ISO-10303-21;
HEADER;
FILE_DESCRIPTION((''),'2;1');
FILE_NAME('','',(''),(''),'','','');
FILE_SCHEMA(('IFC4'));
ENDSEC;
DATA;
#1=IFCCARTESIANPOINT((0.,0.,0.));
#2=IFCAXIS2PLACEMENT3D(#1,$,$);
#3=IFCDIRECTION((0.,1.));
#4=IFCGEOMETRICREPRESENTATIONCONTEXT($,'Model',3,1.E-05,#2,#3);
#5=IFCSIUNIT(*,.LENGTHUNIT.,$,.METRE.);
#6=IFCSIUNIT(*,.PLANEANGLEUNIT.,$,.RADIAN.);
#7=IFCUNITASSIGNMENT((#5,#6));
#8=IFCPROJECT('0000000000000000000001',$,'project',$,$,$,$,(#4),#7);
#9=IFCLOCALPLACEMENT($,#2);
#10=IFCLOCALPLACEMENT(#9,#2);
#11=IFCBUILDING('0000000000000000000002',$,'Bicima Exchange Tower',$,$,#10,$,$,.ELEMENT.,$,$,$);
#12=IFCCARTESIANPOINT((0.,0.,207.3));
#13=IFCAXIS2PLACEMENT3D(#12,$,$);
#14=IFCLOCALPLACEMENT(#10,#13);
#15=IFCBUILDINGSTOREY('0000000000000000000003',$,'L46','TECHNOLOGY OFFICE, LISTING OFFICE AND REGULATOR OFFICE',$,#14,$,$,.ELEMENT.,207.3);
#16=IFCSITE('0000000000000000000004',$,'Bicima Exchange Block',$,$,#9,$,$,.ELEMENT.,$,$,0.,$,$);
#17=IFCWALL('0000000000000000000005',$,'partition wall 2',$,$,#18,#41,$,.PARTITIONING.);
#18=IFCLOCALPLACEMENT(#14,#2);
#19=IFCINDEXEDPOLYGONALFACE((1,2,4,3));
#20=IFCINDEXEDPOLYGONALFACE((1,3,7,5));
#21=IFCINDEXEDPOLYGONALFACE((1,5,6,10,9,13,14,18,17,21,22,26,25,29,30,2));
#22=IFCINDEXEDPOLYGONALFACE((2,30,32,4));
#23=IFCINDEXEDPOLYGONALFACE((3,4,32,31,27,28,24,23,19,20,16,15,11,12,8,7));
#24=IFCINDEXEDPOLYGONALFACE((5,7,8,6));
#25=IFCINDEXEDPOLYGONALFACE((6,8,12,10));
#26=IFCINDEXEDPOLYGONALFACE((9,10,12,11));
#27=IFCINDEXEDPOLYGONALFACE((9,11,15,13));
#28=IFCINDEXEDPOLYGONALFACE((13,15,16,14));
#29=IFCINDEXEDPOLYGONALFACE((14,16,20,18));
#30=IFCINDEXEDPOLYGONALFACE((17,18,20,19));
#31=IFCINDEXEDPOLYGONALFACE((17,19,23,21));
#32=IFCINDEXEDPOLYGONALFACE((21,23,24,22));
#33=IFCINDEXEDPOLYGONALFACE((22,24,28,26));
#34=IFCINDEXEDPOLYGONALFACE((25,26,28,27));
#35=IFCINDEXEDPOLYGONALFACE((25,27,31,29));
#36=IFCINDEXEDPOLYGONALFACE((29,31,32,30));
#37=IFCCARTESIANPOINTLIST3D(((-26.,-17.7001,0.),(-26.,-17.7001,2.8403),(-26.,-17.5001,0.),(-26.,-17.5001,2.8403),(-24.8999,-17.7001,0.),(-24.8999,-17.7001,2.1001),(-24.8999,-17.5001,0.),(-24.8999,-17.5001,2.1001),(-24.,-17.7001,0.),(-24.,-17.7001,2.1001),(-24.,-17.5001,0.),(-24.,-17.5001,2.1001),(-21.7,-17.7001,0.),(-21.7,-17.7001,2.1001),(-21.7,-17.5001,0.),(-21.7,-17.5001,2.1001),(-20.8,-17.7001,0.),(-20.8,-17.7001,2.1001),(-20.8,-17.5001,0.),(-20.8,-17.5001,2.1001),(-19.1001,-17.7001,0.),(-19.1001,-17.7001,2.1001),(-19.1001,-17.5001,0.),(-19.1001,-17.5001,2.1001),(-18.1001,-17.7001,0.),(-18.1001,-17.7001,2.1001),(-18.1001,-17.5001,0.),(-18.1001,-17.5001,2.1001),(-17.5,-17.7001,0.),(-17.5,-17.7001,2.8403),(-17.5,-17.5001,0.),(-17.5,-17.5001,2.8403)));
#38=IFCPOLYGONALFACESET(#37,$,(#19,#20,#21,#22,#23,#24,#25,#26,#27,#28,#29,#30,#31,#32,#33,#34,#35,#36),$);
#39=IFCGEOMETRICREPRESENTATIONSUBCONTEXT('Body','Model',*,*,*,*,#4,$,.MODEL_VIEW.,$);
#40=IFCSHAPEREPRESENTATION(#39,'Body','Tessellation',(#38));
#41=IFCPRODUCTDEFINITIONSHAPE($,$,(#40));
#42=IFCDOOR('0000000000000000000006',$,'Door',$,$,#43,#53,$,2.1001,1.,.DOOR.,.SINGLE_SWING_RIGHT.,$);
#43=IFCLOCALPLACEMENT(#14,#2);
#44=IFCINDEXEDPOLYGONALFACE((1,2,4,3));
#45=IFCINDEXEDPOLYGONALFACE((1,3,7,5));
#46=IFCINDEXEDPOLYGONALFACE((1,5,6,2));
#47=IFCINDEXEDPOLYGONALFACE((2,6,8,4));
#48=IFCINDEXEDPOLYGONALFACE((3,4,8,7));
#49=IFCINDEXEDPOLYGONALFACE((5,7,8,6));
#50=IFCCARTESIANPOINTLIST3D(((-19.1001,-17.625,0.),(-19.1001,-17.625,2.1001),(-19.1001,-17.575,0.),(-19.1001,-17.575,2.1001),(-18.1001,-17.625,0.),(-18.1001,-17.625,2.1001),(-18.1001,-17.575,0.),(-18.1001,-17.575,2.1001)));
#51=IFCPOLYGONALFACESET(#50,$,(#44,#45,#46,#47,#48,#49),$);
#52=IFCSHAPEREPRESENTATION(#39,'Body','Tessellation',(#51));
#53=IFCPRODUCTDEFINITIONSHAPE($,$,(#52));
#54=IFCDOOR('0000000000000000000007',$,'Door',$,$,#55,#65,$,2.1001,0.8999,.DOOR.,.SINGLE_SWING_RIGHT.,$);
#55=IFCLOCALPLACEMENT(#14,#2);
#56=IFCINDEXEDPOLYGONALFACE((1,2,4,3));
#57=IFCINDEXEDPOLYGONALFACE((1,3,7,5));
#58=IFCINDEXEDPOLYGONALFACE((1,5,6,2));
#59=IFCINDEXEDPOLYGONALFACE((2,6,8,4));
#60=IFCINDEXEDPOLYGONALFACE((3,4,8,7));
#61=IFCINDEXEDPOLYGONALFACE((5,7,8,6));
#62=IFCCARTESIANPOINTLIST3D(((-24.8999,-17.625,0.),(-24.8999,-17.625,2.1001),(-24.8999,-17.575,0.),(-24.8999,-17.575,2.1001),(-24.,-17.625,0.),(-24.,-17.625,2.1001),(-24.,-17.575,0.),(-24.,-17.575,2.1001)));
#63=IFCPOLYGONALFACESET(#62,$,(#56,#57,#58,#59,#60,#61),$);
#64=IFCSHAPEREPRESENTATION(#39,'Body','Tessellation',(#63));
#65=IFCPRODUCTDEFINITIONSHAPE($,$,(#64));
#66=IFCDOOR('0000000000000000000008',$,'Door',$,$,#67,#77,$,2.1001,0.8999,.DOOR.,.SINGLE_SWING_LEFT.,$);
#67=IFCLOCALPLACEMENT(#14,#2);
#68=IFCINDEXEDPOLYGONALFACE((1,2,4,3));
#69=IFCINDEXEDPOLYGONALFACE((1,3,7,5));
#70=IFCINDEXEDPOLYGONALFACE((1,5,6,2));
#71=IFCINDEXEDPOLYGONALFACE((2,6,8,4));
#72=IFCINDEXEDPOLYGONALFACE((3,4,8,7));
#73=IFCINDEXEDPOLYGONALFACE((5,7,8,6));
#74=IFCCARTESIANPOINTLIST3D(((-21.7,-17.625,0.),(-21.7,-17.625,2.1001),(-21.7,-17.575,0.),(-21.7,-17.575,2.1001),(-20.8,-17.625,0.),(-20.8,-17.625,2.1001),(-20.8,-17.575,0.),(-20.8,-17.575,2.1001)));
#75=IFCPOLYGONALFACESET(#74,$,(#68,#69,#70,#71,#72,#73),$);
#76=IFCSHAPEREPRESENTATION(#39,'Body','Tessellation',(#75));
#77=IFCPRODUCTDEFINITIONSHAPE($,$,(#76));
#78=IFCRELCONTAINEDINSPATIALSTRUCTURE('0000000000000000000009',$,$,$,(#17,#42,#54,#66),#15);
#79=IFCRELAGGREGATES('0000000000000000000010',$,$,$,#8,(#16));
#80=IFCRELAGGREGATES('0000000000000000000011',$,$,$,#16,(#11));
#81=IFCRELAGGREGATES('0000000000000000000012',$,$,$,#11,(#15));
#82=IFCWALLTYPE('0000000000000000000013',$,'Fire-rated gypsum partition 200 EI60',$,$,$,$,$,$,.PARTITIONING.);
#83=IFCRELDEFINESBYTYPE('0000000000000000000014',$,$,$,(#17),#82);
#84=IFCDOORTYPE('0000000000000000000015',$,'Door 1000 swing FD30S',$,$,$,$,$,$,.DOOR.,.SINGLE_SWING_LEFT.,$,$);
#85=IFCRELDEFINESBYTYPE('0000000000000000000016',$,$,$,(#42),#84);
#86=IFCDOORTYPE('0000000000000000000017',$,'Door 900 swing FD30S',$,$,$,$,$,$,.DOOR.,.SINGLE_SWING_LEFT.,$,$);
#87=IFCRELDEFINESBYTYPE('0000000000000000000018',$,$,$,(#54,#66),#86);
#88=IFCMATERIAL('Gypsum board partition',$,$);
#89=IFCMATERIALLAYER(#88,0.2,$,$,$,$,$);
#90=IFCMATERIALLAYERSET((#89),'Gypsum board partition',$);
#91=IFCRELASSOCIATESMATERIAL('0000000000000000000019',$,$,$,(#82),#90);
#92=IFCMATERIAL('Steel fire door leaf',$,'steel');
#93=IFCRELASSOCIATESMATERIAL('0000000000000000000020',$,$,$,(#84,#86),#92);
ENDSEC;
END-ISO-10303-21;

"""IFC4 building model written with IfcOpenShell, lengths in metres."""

from ifc_helpers import new_model, si_unit, direction, frame, frame_2d, origin, place, context, subcontext, project, spatial, rectangle, extrude, material, layer, layer_set, type_object, element, fill, save


model = new_model("IFC4")

# Units and contexts
model_context = context("Model", 3, precision=1e-05, world=origin(), true_north=direction((0.0, 1.0)))
body_context = subcontext(model_context, "Body", "Model", "MODEL_VIEW")
ifc_project = project(units=[si_unit("LENGTHUNIT", "METRE"), si_unit("PLANEANGLEUNIT", "RADIAN")], contexts=[model_context])

# Site, building, storey
site_placement = place(None, origin())
site = spatial("IfcSite", under=ifc_project, at=site_placement, Name="Bicima Exchange Block", CompositionType="ELEMENT", RefElevation=0.0)
building_placement = place(site_placement, origin())
building = spatial("IfcBuilding", under=site, at=building_placement, Name="Bicima Exchange Tower", CompositionType="ELEMENT")
storey_placement = place(building_placement, frame((0.0, 0.0, 207.3)))
storey = spatial("IfcBuildingStorey", under=building, at=storey_placement, Name="L46", Description="TECHNOLOGY OFFICE, LISTING OFFICE AND REGULATOR OFFICE", CompositionType="ELEMENT", Elevation=207.3)

# Wall, openings, doors
ifc_material_1 = material(Name="Gypsum board partition")
ifc_layer_1 = layer(ifc_material_1, 0.2)
ifc_layer_set_1 = layer_set([ifc_layer_1], Name="Gypsum board partition")
wall_type = type_object("IfcWallType", Name="Fire-rated gypsum partition 200 EI60", PredefinedType="PARTITIONING", material=ifc_layer_set_1)
wall_1_placement = place(storey_placement, frame((-26.0, -17.6001, 0.0), z_axis=(0.0, 0.0, 1.0), x_axis=(1.0, 0.0, 0.0)))
wall_1 = element("IfcWall", 1, at=wall_1_placement, inside=storey, type_object=wall_type, Name="partition wall 2", PredefinedType="PARTITIONING", context=body_context, shape_type="SweptSolid", body=[
    extrude(rectangle(XDim=8.5, YDim=0.2, at=frame_2d((4.25, 0.0))), origin(), (0.0, 0.0, 1.0), 2.8403),
])
opening_1_placement = place(wall_1_placement, frame((1.1001, 0.0, 0.0)))
opening_1 = element("IfcOpeningElement", 2, at=opening_1_placement, cuts=wall_1, PredefinedType="OPENING", context=body_context, shape_type="SweptSolid", body=[
    extrude(rectangle(XDim=0.8999, YDim=2.1001, at=frame_2d((0.45, 1.05))), frame((0.0, 0.1118, 0.0), z_axis=(0.0, -1.0, 0.0), x_axis=(1.0, 0.0, 0.0)), (0.0, 0.0, 1.0), 0.2239),
])
opening_2_placement = place(wall_1_placement, frame((4.3, 0.0, 0.0)))
opening_2 = element("IfcOpeningElement", 3, at=opening_2_placement, cuts=wall_1, PredefinedType="OPENING", context=body_context, shape_type="SweptSolid", body=[
    extrude(rectangle(XDim=0.8999, YDim=2.1001, at=frame_2d((0.45, 1.05))), frame((0.0, 0.1118, 0.0), z_axis=(0.0, -1.0, 0.0), x_axis=(1.0, 0.0, 0.0)), (0.0, 0.0, 1.0), 0.2239),
])
opening_3_placement = place(wall_1_placement, frame((6.8999, 0.0, 0.0)))
opening_3 = element("IfcOpeningElement", 4, at=opening_3_placement, cuts=wall_1, PredefinedType="OPENING", context=body_context, shape_type="SweptSolid", body=[
    extrude(rectangle(XDim=1.0, YDim=2.1001, at=frame_2d((0.5, 1.05))), frame((0.0, 0.1118, 0.0), z_axis=(0.0, -1.0, 0.0), x_axis=(1.0, 0.0, 0.0)), (0.0, 0.0, 1.0), 0.2239),
])
ifc_material_2 = material(Name="Steel fire door leaf", Category="steel")
door_type_1 = type_object("IfcDoorType", Name="Door 1000 swing FD30S", OperationType="SINGLE_SWING_LEFT", PredefinedType="DOOR", material=ifc_material_2)
door_1_placement = place(opening_3_placement, frame((1.0, 0.0, 0.0), z_axis=(0.0, 0.0, 1.0), x_axis=(-1.0, 0.0, 0.0)))
door_1 = element("IfcDoor", 5, at=door_1_placement, inside=storey, type_object=door_type_1, Name="Door", OperationType="SINGLE_SWING_RIGHT", OverallHeight=2.1001, OverallWidth=1.0, PredefinedType="DOOR", context=body_context, shape_type="SweptSolid", body=[
    extrude(rectangle(XDim=1.0, YDim=2.1001, at=frame_2d((0.5, 1.05))), frame((0.0, 0.0249, 0.0), z_axis=(0.0, -1.0, 0.0), x_axis=(1.0, 0.0, 0.0)), (0.0, 0.0, 1.0), 0.05),
])
fill(opening_3, door_1)
door_type_2 = type_object("IfcDoorType", Name="Door 900 swing FD30S", OperationType="SINGLE_SWING_LEFT", PredefinedType="DOOR", material=ifc_material_2)
door_2_placement = place(opening_1_placement, frame((0.8999, 0.0, 0.0), z_axis=(0.0, 0.0, 1.0), x_axis=(-1.0, 0.0, 0.0)))
door_2 = element("IfcDoor", 6, at=door_2_placement, inside=storey, type_object=door_type_2, Name="Door", OperationType="SINGLE_SWING_RIGHT", OverallHeight=2.1001, OverallWidth=0.8999, PredefinedType="DOOR", context=body_context, shape_type="SweptSolid", body=[
    extrude(rectangle(XDim=0.8999, YDim=2.1001, at=frame_2d((0.45, 1.05))), frame((0.0, 0.0249, 0.0), z_axis=(0.0, -1.0, 0.0), x_axis=(1.0, 0.0, 0.0)), (0.0, 0.0, 1.0), 0.05),
])
fill(opening_1, door_2)
door_3_placement = place(opening_2_placement, frame((0.8999, 0.0, 0.0), z_axis=(0.0, 0.0, 1.0), x_axis=(-1.0, 0.0, 0.0)))
door_3 = element("IfcDoor", 7, at=door_3_placement, inside=storey, type_object=door_type_2, Name="Door", OperationType="SINGLE_SWING_LEFT", OverallHeight=2.1001, OverallWidth=0.8999, PredefinedType="DOOR", context=body_context, shape_type="SweptSolid", body=[
    extrude(rectangle(XDim=0.8999, YDim=2.1001, at=frame_2d((0.45, 1.05))), frame((0.0, 0.0249, 0.0), z_axis=(0.0, -1.0, 0.0), x_axis=(1.0, 0.0, 0.0)), (0.0, 0.0, 1.0), 0.05),
])
fill(opening_2, door_3)

save(model, "model.ifc")
